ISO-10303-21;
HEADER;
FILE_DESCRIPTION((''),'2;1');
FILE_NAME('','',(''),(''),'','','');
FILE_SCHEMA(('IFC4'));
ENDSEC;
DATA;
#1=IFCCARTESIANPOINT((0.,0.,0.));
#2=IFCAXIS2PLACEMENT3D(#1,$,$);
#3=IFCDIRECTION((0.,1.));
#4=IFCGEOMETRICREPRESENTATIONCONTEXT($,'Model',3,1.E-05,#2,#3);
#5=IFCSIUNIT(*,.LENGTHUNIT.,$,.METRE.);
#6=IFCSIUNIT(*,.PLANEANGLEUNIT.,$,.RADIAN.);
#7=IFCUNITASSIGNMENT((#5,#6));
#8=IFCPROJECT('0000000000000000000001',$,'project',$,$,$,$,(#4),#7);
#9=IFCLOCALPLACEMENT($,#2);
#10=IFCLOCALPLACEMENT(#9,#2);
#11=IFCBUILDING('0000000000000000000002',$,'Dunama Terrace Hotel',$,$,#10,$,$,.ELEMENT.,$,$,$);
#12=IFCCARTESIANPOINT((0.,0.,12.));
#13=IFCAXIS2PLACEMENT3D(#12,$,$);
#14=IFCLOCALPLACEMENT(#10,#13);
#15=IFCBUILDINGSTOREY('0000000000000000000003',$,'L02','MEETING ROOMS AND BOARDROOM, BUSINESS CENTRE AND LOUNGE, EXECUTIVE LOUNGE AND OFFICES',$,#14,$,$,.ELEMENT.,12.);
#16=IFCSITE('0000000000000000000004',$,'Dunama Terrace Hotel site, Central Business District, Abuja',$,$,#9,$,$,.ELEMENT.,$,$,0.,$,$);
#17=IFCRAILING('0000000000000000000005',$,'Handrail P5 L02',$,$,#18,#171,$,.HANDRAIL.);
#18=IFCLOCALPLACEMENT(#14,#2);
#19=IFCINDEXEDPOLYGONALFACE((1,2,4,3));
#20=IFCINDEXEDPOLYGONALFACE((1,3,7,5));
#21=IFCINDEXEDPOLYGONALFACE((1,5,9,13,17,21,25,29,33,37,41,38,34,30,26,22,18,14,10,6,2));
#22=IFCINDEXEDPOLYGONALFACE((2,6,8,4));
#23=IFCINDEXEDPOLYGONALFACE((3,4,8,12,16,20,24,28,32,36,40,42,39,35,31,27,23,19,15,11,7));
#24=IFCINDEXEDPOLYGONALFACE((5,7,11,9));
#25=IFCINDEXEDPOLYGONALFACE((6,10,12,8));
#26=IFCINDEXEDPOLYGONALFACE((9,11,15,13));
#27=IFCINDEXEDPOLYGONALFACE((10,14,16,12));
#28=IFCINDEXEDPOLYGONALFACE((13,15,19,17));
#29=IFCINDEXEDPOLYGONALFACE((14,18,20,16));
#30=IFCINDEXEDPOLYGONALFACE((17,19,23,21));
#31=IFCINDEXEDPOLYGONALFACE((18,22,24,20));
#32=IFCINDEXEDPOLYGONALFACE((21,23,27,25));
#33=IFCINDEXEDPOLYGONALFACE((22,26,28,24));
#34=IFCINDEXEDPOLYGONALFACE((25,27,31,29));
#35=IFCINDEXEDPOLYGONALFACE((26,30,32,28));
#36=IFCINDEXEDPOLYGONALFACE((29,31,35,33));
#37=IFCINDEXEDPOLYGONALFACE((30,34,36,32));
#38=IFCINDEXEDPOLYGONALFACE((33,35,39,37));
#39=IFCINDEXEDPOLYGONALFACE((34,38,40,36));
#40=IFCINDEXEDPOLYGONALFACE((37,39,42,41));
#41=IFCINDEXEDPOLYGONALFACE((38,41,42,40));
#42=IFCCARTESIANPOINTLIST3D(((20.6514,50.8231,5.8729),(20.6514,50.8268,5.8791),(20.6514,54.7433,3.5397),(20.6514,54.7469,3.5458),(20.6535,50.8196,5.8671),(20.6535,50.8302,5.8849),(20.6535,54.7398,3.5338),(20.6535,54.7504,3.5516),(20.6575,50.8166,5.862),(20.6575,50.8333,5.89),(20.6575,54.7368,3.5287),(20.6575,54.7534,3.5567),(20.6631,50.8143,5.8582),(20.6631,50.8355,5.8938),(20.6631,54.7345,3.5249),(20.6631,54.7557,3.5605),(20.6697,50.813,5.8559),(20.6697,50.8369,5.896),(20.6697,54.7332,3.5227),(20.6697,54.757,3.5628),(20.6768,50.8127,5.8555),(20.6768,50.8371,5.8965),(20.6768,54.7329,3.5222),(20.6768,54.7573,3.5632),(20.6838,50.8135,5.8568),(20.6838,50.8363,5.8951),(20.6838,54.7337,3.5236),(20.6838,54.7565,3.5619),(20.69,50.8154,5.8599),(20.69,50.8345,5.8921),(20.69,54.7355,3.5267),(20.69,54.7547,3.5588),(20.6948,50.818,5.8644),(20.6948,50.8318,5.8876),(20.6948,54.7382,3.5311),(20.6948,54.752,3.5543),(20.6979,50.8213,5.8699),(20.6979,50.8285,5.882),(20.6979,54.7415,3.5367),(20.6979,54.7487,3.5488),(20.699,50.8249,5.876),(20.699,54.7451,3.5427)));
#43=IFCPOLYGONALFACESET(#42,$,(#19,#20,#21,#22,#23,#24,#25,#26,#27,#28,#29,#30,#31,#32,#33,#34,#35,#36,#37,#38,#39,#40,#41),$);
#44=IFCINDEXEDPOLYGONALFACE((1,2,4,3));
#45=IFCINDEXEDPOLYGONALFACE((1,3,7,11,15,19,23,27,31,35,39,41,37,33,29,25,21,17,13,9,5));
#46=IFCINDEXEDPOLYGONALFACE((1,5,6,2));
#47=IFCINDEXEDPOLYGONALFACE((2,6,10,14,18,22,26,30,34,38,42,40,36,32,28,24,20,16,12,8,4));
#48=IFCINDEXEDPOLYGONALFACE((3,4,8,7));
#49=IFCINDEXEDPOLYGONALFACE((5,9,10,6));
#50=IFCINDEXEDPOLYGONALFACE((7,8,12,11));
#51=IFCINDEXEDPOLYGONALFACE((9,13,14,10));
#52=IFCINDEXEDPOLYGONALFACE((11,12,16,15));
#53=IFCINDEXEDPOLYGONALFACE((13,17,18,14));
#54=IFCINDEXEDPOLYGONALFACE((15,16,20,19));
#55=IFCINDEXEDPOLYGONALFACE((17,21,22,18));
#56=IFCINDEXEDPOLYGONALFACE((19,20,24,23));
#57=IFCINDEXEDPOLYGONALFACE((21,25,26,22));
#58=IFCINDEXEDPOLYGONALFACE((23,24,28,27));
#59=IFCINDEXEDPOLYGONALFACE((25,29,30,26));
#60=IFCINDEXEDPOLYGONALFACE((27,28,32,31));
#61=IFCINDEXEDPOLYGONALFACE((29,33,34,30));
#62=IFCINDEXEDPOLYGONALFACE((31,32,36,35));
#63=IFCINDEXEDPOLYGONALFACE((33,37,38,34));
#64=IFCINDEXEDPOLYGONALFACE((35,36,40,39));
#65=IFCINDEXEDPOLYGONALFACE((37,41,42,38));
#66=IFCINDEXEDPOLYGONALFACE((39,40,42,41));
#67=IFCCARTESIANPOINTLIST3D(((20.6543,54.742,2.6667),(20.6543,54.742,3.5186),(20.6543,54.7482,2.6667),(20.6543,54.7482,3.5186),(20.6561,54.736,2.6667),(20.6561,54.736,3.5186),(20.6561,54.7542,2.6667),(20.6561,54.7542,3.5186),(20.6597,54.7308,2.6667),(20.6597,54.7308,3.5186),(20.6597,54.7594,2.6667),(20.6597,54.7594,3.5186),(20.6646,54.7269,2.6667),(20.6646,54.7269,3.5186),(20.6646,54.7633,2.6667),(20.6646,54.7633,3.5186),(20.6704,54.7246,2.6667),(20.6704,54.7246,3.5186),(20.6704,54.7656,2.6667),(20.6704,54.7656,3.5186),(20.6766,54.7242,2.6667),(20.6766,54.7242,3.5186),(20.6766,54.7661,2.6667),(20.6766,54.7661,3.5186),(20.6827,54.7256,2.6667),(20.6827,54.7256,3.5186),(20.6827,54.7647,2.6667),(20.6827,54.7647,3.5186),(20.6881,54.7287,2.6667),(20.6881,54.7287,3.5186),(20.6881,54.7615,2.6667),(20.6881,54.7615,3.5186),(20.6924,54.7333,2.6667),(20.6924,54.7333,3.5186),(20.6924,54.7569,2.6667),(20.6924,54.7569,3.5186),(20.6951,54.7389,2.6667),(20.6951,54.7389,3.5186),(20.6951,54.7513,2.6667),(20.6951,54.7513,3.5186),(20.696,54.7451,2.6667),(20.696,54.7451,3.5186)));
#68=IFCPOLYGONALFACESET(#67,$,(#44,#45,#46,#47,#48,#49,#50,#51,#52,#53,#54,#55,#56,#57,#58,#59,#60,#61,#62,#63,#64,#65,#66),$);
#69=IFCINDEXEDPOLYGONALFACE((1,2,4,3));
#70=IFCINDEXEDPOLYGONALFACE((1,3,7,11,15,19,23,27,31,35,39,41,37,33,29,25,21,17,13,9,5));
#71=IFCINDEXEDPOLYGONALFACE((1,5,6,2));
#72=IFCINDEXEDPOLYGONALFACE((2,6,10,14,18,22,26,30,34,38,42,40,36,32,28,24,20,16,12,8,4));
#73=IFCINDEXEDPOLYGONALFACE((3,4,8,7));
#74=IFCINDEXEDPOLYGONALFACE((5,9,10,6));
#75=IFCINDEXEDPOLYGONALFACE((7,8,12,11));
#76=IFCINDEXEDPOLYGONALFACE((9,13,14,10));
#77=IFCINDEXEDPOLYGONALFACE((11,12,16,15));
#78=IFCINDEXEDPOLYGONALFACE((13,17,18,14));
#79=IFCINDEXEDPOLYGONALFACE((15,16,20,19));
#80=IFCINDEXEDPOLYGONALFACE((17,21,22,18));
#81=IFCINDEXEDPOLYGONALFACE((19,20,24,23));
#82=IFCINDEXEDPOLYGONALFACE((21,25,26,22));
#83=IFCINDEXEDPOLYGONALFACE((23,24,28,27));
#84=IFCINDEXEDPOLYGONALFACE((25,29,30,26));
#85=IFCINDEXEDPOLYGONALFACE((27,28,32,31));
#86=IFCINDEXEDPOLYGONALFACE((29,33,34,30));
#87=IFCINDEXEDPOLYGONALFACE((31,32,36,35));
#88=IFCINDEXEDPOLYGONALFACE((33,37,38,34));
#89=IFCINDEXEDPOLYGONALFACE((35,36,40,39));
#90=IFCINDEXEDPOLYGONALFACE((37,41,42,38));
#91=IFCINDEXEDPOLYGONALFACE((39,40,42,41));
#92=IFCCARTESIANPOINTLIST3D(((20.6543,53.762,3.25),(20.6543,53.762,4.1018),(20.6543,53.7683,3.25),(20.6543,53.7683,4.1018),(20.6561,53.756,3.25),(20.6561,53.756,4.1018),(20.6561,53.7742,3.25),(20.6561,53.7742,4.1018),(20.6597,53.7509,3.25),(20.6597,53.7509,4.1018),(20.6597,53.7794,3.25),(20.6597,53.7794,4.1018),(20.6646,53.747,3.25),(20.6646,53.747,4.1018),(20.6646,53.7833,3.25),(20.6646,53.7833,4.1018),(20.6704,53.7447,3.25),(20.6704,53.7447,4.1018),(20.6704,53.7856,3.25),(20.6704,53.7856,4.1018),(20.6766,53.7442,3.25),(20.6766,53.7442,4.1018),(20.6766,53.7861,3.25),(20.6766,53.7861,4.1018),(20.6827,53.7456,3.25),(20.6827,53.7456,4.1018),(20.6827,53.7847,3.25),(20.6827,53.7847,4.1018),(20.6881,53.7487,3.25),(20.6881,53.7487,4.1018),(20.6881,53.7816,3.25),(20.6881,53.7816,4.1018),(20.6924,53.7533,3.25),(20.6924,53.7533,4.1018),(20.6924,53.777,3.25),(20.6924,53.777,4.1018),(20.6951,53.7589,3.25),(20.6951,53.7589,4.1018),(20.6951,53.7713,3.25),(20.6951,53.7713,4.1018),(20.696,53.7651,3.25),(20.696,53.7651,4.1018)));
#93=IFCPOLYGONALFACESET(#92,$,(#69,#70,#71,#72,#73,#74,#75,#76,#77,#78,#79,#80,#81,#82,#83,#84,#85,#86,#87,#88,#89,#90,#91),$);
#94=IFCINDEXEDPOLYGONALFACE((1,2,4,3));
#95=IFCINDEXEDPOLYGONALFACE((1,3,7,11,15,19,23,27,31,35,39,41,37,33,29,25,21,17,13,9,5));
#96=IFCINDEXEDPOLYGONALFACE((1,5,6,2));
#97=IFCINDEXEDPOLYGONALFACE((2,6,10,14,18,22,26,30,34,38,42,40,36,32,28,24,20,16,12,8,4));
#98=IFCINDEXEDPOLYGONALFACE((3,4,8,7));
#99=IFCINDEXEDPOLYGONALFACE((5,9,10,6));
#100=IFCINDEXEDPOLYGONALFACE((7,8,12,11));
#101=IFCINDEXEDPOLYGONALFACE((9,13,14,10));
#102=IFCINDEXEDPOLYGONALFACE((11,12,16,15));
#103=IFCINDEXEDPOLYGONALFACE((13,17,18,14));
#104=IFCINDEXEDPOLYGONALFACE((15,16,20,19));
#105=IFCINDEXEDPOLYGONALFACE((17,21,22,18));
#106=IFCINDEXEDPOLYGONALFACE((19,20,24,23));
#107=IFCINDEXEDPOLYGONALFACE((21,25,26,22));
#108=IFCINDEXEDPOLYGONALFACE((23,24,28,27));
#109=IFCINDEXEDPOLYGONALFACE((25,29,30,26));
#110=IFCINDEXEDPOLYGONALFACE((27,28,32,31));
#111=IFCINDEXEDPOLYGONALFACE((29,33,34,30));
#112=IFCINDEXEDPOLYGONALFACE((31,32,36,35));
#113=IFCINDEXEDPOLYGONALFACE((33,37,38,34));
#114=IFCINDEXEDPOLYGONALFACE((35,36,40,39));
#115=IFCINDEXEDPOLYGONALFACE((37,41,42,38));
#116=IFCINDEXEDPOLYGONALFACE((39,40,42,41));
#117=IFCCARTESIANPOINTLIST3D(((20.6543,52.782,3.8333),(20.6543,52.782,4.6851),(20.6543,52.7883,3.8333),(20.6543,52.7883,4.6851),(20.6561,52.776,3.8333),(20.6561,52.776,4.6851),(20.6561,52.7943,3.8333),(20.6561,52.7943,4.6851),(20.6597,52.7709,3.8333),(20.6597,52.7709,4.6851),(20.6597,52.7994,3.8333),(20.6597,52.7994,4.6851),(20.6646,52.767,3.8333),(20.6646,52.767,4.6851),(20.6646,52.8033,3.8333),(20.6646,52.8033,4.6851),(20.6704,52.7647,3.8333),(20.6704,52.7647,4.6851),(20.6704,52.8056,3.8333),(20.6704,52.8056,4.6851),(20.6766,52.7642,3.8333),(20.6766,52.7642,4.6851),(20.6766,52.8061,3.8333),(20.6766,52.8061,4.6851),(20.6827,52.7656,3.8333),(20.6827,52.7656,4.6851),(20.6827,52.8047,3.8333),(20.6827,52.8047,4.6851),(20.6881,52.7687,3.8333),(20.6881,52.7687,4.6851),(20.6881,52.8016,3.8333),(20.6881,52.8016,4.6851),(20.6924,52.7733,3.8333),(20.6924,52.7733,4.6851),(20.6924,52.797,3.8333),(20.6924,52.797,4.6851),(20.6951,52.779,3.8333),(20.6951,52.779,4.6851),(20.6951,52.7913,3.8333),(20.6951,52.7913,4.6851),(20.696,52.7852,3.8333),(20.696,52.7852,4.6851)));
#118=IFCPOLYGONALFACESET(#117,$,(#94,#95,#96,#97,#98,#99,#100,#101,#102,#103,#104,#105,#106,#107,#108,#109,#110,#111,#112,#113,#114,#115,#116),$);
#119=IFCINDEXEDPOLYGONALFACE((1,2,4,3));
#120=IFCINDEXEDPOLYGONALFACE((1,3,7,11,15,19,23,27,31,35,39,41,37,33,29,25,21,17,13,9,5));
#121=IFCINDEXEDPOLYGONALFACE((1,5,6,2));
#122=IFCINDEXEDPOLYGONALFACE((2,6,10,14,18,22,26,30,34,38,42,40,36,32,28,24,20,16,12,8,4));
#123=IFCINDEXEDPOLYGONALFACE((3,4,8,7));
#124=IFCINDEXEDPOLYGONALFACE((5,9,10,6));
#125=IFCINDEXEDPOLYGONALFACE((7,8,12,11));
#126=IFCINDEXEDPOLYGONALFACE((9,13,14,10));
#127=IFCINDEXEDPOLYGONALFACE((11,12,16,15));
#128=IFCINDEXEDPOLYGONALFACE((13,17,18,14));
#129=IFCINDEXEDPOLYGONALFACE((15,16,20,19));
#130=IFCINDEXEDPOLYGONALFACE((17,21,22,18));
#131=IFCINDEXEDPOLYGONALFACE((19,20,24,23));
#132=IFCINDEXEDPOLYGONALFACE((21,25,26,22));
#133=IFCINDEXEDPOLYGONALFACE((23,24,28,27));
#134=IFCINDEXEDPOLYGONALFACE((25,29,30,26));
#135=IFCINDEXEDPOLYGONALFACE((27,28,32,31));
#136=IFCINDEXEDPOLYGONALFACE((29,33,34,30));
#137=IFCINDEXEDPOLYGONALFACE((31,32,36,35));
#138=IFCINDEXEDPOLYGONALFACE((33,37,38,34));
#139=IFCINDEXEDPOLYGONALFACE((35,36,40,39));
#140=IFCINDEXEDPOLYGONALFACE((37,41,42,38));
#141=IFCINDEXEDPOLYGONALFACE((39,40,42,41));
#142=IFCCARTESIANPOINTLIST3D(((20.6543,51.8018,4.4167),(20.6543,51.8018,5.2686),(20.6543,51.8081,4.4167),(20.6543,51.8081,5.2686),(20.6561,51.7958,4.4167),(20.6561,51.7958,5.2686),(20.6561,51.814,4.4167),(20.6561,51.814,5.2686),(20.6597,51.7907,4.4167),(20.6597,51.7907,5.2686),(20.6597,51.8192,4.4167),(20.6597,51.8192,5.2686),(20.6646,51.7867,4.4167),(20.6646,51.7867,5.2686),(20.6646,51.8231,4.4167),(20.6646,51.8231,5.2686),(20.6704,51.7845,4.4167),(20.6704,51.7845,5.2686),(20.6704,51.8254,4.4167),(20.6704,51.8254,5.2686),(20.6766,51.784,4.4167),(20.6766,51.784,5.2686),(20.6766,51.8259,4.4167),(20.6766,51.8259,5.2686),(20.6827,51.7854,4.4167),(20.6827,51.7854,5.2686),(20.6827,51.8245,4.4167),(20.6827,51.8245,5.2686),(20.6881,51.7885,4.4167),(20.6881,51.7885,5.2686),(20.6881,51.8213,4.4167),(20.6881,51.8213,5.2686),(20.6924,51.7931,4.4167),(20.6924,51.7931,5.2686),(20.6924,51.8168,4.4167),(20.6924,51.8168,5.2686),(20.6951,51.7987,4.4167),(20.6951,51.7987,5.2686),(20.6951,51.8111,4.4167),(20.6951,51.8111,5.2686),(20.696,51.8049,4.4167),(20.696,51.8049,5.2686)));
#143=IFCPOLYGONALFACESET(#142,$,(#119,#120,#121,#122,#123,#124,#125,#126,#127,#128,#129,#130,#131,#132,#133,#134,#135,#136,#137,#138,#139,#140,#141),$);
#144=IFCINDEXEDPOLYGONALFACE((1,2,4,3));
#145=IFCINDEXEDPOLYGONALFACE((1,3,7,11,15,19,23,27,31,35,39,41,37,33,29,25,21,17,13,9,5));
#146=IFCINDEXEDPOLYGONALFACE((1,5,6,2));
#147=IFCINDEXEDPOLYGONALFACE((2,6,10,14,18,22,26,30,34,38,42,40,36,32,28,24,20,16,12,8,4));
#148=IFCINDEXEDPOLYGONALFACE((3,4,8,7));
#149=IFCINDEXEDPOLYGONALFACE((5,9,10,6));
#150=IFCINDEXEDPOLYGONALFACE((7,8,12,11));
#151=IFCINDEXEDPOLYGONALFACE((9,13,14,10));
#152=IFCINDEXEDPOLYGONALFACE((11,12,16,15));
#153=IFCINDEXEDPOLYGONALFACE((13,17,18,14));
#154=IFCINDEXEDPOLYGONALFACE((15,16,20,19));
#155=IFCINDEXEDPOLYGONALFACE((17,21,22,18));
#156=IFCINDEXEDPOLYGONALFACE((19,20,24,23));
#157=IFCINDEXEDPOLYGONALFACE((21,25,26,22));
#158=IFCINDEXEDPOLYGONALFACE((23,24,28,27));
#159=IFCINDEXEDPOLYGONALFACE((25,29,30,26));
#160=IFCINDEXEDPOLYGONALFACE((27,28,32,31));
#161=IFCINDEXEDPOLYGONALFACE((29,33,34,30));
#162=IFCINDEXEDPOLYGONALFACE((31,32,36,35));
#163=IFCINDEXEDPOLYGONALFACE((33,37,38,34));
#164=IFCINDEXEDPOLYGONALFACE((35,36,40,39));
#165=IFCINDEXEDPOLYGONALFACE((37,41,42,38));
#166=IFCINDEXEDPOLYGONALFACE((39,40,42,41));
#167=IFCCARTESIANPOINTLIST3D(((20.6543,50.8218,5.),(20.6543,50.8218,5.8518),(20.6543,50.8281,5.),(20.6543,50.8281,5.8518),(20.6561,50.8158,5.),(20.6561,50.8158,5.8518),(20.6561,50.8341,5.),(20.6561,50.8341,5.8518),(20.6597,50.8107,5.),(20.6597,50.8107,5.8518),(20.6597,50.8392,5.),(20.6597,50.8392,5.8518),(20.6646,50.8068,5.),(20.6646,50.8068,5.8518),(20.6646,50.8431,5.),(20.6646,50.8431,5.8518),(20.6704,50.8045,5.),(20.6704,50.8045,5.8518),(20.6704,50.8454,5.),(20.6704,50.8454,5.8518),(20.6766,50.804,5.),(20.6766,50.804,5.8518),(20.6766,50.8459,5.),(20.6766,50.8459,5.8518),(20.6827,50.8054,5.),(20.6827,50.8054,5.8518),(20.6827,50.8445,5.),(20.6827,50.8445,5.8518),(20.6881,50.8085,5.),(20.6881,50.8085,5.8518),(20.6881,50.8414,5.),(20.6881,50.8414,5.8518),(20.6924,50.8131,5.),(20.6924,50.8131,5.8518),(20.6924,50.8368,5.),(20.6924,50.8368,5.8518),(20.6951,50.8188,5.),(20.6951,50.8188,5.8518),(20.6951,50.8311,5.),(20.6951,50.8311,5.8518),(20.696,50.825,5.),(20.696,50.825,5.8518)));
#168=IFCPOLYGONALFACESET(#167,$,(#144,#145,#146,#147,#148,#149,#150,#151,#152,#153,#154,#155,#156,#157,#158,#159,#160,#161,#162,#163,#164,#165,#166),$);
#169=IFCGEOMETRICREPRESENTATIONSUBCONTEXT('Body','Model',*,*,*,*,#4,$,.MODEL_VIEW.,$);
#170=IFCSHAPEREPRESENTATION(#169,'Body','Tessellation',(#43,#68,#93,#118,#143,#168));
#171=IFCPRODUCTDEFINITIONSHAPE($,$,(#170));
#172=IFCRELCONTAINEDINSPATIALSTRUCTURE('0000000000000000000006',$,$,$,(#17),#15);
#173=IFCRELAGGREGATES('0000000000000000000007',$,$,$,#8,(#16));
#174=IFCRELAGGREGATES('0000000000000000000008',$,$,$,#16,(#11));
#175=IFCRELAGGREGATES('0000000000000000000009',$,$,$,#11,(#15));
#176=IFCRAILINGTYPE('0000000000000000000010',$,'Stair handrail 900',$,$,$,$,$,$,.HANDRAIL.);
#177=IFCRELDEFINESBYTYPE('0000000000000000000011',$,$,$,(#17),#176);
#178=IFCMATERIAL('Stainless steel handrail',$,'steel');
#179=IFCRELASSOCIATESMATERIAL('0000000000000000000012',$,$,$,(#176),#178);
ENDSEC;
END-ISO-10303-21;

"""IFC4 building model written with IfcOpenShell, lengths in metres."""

from ifc_helpers import new_model, si_unit, direction, frame, origin, origin_2d, place, context, subcontext, project, spatial, circle, extrude, material, type_object, element, save


model = new_model("IFC4")

# Units and contexts
model_context = context("Model", 3, precision=1e-05, world=origin(), true_north=direction((0.0, 1.0)))
body_context = subcontext(model_context, "Body", "Model", "MODEL_VIEW")
ifc_project = project(units=[si_unit("LENGTHUNIT", "METRE"), si_unit("PLANEANGLEUNIT", "RADIAN")], contexts=[model_context])

# Site, building, storey
site_placement = place(None, origin())
site = spatial("IfcSite", under=ifc_project, at=site_placement, Name="Dunama Terrace Hotel site, Central Business District, Abuja", CompositionType="ELEMENT", RefElevation=0.0)
building_placement = place(site_placement, origin())
building = spatial("IfcBuilding", under=site, at=building_placement, Name="Dunama Terrace Hotel", CompositionType="ELEMENT")
storey_placement = place(building_placement, frame((0.0, 0.0, 12.0)))
storey = spatial("IfcBuildingStorey", under=building, at=storey_placement, Name="L02", Description="MEETING ROOMS AND BOARDROOM, BUSINESS CENTRE AND LOUNGE, EXECUTIVE LOUNGE AND OFFICES", CompositionType="ELEMENT", Elevation=12.0)

# Railing
ifc_material_1 = material(Name="Stainless steel handrail", Category="steel")
railing_type = type_object("IfcRailingType", Name="Stair handrail 900", PredefinedType="HANDRAIL", material=ifc_material_1)
for number, where, name in (
    (1, (20.675, 54.7451, 2.6667), "Handrail P5 L02"),
):
    element("IfcRailing", number, at=place(storey_placement, frame(where)), inside=storey, type_object=railing_type, Name=name, PredefinedType="HANDRAIL", context=body_context, shape_type="SweptSolid", body=[
        extrude(circle(Radius=0.0239, at=origin_2d()), frame((0.0, 0.0, 0.876), z_axis=(0.0, -0.85931, 0.511455), x_axis=(1.0, 0.0, 0.0)), (0.0, 0.0, 1.0), 4.562),
        extrude(circle(Radius=0.021, at=origin_2d()), origin(), (0.0, 0.0, 1.0), 0.8518),
        extrude(circle(Radius=0.021, at=origin_2d()), frame((0.0, -0.98, 0.5833)), (0.0, 0.0, 1.0), 0.8518),
        extrude(circle(Radius=0.021, at=origin_2d()), frame((0.0, -1.96, 1.1665)), (0.0, 0.0, 1.0), 0.8518),
        extrude(circle(Radius=0.021, at=origin_2d()), frame((0.0, -2.9402, 1.75)), (0.0, 0.0, 1.0), 0.8518),
        extrude(circle(Radius=0.021, at=origin_2d()), frame((0.0, -3.9202, 2.3333)), (0.0, 0.0, 1.0), 0.8518),
    ])

save(model, "model.ifc")
